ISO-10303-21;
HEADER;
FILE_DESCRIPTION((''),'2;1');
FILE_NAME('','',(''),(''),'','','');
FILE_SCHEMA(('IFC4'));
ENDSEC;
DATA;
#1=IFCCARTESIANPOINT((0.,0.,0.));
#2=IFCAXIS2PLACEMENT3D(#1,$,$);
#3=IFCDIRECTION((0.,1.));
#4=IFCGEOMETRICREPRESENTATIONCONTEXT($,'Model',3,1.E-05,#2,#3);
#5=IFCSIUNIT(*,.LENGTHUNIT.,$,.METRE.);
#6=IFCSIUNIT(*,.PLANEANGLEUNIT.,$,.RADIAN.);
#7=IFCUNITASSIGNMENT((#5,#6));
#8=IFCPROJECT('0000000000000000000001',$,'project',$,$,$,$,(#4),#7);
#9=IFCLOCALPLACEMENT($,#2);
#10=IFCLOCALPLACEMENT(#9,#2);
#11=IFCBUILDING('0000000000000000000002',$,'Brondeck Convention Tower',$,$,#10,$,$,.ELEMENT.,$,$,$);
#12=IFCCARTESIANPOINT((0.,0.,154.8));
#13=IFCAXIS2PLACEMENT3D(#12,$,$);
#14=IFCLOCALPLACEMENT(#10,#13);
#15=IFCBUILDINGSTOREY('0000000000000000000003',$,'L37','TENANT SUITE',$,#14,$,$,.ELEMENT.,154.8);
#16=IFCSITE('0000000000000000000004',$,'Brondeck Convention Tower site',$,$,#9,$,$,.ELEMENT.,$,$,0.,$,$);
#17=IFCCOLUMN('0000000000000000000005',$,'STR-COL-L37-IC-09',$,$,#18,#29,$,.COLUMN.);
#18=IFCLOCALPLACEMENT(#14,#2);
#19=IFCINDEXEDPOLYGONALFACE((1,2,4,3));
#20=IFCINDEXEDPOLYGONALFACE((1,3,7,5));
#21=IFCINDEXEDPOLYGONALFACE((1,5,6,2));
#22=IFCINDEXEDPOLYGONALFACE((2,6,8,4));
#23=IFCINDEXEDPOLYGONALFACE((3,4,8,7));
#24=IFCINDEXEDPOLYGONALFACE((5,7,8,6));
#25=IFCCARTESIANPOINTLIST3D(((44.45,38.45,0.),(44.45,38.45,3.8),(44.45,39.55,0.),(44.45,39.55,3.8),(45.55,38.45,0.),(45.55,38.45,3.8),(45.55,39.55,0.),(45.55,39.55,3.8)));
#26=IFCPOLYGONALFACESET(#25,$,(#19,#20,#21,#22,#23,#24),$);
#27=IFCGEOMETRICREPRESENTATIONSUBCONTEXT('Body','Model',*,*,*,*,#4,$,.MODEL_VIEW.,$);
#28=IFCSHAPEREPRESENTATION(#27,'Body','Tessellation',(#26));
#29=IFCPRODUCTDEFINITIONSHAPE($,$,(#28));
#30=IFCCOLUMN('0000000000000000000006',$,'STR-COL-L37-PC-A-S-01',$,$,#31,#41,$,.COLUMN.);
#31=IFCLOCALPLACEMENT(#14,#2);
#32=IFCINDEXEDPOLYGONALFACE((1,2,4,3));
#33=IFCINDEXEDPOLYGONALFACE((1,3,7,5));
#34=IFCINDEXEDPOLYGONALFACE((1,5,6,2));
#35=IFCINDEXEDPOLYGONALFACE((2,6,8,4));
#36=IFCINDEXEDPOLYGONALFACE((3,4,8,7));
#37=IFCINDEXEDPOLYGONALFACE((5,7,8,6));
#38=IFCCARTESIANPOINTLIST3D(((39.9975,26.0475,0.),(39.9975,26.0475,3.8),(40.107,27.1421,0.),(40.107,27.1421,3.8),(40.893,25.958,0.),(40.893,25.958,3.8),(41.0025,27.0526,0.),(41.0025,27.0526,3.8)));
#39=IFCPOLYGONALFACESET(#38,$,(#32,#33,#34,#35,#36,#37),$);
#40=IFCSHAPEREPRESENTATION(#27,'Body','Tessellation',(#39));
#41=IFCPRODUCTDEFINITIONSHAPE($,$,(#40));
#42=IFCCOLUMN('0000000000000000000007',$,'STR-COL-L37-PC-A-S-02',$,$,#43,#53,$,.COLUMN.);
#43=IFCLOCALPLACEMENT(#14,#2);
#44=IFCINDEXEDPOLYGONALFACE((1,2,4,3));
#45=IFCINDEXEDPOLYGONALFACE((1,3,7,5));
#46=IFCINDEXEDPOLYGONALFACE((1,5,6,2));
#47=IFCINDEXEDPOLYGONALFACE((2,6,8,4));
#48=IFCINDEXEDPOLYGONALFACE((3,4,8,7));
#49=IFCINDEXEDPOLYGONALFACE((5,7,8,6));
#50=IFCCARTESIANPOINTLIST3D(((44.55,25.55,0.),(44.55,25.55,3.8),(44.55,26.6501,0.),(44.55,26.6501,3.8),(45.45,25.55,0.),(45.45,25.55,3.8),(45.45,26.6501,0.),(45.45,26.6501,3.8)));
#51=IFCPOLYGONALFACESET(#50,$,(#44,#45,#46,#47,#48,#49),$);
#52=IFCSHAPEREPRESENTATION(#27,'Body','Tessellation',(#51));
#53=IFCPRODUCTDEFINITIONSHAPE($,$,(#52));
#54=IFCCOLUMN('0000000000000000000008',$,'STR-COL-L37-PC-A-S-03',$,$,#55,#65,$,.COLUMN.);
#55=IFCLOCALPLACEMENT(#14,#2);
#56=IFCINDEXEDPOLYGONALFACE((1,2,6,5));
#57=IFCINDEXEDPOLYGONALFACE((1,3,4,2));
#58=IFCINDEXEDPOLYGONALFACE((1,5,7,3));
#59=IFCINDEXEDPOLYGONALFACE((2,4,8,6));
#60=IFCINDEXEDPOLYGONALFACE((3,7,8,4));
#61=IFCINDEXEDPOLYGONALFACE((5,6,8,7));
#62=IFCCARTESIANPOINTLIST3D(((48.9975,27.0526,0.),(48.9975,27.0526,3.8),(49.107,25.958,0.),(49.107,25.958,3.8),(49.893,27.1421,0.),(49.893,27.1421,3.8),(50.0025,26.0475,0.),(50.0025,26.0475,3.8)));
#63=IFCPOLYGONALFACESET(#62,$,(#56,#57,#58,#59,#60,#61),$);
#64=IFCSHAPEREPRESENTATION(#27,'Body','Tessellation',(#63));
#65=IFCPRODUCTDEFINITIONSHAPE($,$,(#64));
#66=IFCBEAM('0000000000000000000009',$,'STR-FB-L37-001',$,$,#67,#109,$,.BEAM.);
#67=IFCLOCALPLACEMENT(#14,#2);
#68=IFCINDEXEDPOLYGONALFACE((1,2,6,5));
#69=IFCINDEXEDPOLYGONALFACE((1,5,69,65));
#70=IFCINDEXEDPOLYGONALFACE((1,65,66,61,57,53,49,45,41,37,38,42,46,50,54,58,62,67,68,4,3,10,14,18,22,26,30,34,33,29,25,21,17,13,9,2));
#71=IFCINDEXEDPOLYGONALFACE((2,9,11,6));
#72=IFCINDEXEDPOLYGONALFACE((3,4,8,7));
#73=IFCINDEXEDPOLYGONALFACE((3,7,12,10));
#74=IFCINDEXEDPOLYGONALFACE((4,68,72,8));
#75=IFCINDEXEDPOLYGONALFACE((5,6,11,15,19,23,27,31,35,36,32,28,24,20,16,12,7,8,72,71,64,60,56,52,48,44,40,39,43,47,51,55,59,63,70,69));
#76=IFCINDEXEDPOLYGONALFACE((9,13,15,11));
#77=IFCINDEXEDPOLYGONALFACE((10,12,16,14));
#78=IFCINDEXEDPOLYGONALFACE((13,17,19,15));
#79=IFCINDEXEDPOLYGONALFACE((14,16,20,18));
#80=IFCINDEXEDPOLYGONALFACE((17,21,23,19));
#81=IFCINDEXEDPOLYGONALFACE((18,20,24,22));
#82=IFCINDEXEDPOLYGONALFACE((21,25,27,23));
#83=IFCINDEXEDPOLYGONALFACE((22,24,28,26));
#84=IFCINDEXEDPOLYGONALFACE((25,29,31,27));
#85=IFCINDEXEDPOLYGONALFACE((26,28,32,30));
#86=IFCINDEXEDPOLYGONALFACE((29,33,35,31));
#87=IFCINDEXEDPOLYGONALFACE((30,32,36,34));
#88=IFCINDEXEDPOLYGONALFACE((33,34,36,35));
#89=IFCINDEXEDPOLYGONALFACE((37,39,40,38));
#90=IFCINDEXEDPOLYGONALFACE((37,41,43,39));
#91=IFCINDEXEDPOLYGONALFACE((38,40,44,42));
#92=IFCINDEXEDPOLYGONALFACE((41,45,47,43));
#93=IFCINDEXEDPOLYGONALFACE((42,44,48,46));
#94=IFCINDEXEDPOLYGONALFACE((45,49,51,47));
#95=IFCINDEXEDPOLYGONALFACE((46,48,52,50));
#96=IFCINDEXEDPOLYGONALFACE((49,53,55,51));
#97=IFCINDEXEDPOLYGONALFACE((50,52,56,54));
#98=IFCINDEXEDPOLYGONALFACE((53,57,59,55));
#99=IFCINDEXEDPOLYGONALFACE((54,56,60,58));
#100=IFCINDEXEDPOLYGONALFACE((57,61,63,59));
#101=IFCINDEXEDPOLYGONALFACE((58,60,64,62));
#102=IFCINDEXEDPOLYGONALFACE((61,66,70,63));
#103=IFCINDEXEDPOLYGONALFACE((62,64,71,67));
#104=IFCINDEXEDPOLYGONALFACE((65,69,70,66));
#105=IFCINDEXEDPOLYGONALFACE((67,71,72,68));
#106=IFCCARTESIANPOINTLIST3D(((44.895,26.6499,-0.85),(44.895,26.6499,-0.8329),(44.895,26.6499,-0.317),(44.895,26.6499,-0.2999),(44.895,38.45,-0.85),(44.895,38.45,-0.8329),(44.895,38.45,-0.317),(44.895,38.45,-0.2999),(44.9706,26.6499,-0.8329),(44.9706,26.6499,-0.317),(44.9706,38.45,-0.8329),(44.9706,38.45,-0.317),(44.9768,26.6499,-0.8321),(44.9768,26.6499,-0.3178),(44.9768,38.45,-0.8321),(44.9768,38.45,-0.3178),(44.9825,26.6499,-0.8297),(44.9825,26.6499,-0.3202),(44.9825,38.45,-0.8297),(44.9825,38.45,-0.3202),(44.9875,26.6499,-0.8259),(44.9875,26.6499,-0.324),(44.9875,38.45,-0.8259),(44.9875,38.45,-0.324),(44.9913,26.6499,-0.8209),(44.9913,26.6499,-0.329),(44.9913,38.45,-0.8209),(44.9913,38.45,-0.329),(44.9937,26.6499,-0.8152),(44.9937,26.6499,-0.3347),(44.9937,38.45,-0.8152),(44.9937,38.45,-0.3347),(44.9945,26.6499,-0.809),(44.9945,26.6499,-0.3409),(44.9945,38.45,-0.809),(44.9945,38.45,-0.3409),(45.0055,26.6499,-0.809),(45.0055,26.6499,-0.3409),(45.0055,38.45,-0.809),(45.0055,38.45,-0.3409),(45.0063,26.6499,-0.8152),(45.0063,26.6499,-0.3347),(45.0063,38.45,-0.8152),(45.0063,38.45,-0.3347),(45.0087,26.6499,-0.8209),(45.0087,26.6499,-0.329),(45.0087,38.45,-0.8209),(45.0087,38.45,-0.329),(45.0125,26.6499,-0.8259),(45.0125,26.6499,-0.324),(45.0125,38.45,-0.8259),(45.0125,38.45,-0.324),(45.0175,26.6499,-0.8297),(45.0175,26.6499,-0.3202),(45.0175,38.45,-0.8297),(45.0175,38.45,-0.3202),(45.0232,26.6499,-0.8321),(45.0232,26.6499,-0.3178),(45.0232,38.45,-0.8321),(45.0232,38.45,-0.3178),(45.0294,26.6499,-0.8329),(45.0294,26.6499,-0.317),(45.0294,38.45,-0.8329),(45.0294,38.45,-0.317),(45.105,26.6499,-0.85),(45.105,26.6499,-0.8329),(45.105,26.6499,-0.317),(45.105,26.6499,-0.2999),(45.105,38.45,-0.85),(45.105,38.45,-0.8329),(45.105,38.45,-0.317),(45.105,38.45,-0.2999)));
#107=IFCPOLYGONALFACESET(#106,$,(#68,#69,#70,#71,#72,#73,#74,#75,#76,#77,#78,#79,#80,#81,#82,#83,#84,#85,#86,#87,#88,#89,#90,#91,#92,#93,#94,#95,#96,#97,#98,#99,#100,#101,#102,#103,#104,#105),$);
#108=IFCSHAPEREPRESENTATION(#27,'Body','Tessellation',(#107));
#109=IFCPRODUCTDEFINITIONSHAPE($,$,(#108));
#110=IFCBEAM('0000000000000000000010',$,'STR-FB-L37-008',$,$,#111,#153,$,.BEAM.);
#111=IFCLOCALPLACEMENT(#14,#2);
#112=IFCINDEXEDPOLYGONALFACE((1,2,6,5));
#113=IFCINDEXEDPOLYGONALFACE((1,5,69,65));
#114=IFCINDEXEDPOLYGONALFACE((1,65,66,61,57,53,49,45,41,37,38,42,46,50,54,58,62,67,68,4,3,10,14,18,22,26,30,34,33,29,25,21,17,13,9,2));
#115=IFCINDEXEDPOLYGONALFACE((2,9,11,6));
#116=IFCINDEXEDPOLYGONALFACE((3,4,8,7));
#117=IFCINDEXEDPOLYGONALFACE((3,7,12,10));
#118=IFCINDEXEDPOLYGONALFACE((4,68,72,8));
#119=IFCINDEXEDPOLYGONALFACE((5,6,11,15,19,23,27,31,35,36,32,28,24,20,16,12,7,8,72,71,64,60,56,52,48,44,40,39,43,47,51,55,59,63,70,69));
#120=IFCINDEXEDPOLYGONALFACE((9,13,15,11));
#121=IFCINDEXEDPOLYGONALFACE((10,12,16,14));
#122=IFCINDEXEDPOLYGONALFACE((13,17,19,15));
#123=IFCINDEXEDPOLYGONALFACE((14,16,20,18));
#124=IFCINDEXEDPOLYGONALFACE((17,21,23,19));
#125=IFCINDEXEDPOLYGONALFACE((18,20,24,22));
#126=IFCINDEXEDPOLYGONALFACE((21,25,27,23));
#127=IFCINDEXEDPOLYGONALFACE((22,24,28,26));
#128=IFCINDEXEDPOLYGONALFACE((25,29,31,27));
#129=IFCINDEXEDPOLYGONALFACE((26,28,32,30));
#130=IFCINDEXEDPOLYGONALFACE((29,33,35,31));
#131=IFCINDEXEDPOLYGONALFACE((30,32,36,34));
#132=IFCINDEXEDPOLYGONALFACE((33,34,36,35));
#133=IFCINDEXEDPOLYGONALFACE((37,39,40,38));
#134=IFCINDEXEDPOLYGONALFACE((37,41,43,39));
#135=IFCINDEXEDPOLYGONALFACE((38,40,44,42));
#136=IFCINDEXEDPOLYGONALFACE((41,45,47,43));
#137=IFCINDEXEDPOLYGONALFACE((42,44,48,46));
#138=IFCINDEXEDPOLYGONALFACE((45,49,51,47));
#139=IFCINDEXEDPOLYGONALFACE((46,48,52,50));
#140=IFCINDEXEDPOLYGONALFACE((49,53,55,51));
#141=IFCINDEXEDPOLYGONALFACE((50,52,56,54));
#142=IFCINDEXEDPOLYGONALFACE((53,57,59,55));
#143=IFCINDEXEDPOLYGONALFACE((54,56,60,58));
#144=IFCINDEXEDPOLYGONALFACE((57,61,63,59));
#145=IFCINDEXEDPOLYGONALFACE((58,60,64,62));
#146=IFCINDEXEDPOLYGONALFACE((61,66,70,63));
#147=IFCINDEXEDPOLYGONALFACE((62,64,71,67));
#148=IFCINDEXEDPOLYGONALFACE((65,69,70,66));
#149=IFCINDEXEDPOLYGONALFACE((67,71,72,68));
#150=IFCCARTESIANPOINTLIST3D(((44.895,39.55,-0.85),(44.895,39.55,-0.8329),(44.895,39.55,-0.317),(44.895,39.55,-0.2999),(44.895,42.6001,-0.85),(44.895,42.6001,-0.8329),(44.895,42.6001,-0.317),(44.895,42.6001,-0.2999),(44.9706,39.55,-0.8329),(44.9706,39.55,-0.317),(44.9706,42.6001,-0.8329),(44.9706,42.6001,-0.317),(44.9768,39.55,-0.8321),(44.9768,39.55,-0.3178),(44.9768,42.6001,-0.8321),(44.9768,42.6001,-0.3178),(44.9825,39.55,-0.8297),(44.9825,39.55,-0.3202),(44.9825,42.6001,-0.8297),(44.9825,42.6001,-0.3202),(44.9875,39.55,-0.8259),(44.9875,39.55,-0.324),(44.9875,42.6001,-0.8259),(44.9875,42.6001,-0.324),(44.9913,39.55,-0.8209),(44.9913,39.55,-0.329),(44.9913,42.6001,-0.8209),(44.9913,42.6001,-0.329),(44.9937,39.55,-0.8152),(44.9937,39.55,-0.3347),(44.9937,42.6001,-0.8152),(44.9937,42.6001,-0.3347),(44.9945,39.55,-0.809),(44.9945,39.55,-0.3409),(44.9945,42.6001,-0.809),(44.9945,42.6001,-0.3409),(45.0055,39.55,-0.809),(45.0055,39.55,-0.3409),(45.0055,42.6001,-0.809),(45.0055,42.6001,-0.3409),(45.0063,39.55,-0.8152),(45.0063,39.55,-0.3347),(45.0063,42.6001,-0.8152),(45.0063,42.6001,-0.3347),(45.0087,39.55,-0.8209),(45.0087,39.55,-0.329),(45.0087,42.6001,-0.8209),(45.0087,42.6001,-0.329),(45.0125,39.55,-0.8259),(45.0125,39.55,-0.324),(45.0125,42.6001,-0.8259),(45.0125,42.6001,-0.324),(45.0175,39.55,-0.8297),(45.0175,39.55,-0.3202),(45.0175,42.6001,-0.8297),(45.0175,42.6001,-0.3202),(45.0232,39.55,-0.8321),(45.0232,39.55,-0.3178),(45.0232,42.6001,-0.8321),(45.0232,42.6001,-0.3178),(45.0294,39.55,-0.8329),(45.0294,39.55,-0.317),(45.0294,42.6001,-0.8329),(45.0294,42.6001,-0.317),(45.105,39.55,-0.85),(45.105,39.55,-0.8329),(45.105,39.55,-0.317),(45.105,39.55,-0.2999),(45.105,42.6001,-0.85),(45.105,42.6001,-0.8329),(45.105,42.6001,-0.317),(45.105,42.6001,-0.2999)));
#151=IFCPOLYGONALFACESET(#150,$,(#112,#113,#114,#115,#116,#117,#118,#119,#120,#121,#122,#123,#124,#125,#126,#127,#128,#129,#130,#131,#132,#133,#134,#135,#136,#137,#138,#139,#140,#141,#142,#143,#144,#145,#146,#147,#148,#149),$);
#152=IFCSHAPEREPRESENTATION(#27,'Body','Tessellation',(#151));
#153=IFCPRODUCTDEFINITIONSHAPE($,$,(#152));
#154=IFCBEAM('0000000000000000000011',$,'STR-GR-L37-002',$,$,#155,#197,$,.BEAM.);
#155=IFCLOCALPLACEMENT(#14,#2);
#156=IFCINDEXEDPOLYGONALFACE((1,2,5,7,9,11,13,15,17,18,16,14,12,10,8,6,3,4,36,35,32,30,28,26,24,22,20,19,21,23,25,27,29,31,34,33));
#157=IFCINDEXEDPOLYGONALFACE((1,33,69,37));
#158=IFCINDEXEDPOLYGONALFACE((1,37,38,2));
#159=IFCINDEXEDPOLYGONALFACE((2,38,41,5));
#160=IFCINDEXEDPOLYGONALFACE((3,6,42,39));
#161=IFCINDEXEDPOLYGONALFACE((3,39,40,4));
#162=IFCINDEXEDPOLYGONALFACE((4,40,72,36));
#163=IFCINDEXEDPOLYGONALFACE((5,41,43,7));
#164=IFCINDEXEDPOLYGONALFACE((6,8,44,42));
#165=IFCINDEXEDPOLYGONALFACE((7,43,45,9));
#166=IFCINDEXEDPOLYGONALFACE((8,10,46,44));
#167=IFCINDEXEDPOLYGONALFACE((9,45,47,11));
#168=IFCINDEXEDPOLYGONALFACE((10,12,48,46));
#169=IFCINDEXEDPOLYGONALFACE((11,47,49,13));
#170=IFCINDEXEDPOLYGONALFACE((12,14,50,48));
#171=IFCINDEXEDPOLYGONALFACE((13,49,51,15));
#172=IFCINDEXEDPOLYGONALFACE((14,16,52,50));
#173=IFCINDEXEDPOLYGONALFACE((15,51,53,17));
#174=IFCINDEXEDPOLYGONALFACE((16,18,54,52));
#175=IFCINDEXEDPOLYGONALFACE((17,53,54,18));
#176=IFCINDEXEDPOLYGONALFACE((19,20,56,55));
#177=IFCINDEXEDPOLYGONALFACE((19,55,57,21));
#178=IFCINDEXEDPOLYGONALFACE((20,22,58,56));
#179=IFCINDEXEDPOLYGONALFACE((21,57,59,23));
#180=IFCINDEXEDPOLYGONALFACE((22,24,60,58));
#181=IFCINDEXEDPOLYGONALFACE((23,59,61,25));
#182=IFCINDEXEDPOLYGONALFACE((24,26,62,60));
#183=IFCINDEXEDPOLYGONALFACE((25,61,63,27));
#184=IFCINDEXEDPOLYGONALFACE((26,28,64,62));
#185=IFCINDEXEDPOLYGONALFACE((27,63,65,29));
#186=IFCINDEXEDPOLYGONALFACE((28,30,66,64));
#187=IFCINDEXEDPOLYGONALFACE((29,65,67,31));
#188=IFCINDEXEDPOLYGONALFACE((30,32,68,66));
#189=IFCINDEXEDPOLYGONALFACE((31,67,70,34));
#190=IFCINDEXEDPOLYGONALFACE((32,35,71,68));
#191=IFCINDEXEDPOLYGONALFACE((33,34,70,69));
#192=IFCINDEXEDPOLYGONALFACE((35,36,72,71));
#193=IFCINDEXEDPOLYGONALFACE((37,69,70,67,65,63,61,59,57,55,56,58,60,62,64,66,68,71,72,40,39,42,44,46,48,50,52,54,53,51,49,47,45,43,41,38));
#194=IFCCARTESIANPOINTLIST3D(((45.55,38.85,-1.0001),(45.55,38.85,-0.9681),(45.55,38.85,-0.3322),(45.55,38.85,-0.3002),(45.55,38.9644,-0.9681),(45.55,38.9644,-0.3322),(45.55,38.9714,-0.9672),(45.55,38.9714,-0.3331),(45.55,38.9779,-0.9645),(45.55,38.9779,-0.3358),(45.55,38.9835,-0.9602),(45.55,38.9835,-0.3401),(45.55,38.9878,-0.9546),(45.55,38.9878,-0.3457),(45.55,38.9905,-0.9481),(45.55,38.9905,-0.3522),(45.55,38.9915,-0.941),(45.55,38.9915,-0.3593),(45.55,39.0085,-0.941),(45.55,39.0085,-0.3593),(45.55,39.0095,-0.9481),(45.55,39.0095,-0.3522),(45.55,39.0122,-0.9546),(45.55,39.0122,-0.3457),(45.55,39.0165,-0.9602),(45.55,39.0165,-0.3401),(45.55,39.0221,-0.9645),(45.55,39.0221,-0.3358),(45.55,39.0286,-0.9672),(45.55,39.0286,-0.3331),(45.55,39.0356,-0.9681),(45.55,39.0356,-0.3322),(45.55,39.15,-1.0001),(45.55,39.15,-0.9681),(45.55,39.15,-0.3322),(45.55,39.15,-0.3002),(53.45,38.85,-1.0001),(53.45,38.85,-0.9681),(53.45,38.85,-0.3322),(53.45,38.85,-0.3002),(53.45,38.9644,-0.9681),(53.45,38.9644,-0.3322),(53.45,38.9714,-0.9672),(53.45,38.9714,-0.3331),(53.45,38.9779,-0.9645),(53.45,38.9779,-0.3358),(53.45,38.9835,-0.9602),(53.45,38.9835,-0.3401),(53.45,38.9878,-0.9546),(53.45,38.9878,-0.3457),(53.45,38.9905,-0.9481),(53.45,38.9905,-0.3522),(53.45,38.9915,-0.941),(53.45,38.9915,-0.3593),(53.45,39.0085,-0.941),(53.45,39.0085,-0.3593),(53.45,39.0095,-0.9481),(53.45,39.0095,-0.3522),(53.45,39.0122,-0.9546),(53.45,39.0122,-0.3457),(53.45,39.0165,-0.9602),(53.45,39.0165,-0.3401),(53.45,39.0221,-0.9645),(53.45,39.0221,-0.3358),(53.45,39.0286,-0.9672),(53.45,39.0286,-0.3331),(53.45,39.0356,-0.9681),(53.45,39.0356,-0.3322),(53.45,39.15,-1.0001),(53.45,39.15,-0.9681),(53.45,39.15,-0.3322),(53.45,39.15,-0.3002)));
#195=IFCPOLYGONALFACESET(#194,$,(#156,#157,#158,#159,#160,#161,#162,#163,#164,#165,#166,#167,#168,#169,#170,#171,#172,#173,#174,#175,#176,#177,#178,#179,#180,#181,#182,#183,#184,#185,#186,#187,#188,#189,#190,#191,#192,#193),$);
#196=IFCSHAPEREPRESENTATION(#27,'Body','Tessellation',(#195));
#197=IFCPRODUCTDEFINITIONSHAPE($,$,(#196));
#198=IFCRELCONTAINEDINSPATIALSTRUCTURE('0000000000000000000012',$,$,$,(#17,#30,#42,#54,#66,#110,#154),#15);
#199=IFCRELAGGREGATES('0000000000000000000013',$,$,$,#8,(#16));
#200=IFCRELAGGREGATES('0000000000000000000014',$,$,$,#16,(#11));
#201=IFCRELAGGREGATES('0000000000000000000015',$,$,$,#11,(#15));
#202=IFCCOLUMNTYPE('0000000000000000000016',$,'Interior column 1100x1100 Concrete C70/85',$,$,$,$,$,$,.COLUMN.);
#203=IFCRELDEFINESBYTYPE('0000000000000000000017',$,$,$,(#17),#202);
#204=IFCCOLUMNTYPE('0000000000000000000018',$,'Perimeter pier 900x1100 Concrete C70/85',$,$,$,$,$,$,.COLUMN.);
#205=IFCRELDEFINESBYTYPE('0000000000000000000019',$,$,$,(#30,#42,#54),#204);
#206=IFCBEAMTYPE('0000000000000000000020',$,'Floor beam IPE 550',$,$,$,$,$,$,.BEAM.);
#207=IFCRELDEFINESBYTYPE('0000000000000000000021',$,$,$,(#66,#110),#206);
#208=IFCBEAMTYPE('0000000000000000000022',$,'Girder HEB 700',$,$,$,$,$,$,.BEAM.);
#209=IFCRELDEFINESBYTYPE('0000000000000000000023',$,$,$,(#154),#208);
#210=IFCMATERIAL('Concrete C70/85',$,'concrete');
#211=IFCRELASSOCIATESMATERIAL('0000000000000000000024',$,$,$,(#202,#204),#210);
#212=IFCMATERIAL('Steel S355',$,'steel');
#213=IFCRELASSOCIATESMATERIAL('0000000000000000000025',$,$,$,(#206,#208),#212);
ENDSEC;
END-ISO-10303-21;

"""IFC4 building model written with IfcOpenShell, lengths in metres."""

from ifc_helpers import new_model, si_unit, direction, frame, origin, origin_2d, place, context, subcontext, project, spatial, rectangle, i_section, extrude, material, material_profile, profile_set, type_object, element, save


model = new_model("IFC4")

# Units and contexts
model_context = context("Model", 3, precision=1e-05, world=origin(), true_north=direction((0.0, 1.0)))
body_context = subcontext(model_context, "Body", "Model", "MODEL_VIEW")
ifc_project = project(units=[si_unit("LENGTHUNIT", "METRE"), si_unit("PLANEANGLEUNIT", "RADIAN")], contexts=[model_context])

# Site, building, storey
site_placement = place(None, origin())
site = spatial("IfcSite", under=ifc_project, at=site_placement, Name="Brondeck Convention Tower site", CompositionType="ELEMENT", RefElevation=0.0)
building_placement = place(site_placement, origin())
building = spatial("IfcBuilding", under=site, at=building_placement, Name="Brondeck Convention Tower", CompositionType="ELEMENT")
storey_placement = place(building_placement, frame((0.0, 0.0, 154.8)))
storey = spatial("IfcBuildingStorey", under=building, at=storey_placement, Name="L37", Description="TENANT SUITE", CompositionType="ELEMENT", Elevation=154.8)

# Columns
ifc_material_1 = material(Name="Concrete C70/85", Category="concrete")
ifc_material_profile_1 = material_profile(ifc_material_1, rectangle(XDim=1.1001, YDim=1.1001, at=origin_2d()), Name="Interior column 1100x1100 Concrete C70/85")
ifc_profile_set_1 = profile_set([ifc_material_profile_1], Name="Concrete C70/85")
column_type_1 = type_object("IfcColumnType", Name="Interior column 1100x1100 Concrete C70/85", PredefinedType="COLUMN", material=ifc_profile_set_1)
column_placement = place(storey_placement, frame((45.0, 39.0, 0.0), z_axis=(0.0, 0.0, 1.0), x_axis=(1.0, 0.0, 0.0)))
element("IfcColumn", 1, at=column_placement, inside=storey, type_object=column_type_1, Name="STR-COL-L37-IC-09", PredefinedType="COLUMN", context=body_context, shape_type="SweptSolid", body=[
    extrude(rectangle(XDim=1.1001, YDim=1.1001, at=origin_2d()), origin(), (0.0, 0.0, 1.0), 3.8),
])
ifc_material_profile_2 = material_profile(ifc_material_1, rectangle(XDim=0.8999, YDim=1.1001, at=origin_2d()), Name="Perimeter pier 900x1100 Concrete C70/85")
ifc_profile_set_2 = profile_set([ifc_material_profile_2], Name="Concrete C70/85")
column_type_2 = type_object("IfcColumnType", Name="Perimeter pier 900x1100 Concrete C70/85", PredefinedType="COLUMN", material=ifc_profile_set_2)
for number, where, z_axis, x_axis, name in (
    (2, (40.5, 26.55, 0.0), (0.0, 0.0, 1.0), (0.995037, -0.099504, 0.0), "STR-COL-L37-PC-A-S-01"),
    (3, (45.0, 26.1001, 0.0), (0.0, 0.0, 1.0), (1.0, 0.0, 0.0), "STR-COL-L37-PC-A-S-02"),
    (4, (49.5, 26.55, 0.0), (0.0, 0.0, 1.0), (0.995037, 0.099504, 0.0), "STR-COL-L37-PC-A-S-03"),
):
    element("IfcColumn", number, at=place(storey_placement, frame(where, z_axis=z_axis, x_axis=x_axis)), inside=storey, type_object=column_type_2, Name=name, PredefinedType="COLUMN", context=body_context, shape_type="SweptSolid", body=[
        extrude(rectangle(XDim=0.8999, YDim=1.1001, at=origin_2d()), origin(), (0.0, 0.0, 1.0), 3.8),
    ])

# Beams
ifc_material_2 = material(Name="Steel S355", Category="steel")
ifc_material_profile_3 = material_profile(ifc_material_2, i_section(OverallWidth=0.21, OverallDepth=0.55, WebThickness=0.011, FlangeThickness=0.0171, FilletRadius=0.0239, at=origin_2d()), Name="IPE 550")
ifc_profile_set_3 = profile_set([ifc_material_profile_3], Name="Steel S355")
beam_type_1 = type_object("IfcBeamType", Name="Floor beam IPE 550", PredefinedType="BEAM", material=ifc_profile_set_3)
beam_1_placement = place(storey_placement, frame((45.0, 26.6499, -0.575), z_axis=(0.0, 1.0, 0.0), x_axis=(-1.0, 0.0, 0.0)))
element("IfcBeam", 5, at=beam_1_placement, inside=storey, type_object=beam_type_1, Name="STR-FB-L37-001", PredefinedType="BEAM", context=body_context, shape_type="SweptSolid", body=[
    extrude(i_section(OverallWidth=0.21, OverallDepth=0.55, WebThickness=0.011, FlangeThickness=0.0171, FilletRadius=0.0239, at=origin_2d()), origin(), (0.0, 0.0, 1.0), 11.8),
])
beam_2_placement = place(storey_placement, frame((45.0, 39.55, -0.575), z_axis=(0.0, 1.0, 0.0), x_axis=(-1.0, 0.0, 0.0)))
element("IfcBeam", 6, at=beam_2_placement, inside=storey, type_object=beam_type_1, Name="STR-FB-L37-008", PredefinedType="BEAM", context=body_context, shape_type="SweptSolid", body=[
    extrude(i_section(OverallWidth=0.21, OverallDepth=0.55, WebThickness=0.011, FlangeThickness=0.0171, FilletRadius=0.0239, at=origin_2d()), origin(), (0.0, 0.0, 1.0), 3.05),
])
ifc_material_profile_4 = material_profile(ifc_material_2, i_section(OverallWidth=0.3, OverallDepth=0.7, WebThickness=0.0171, FlangeThickness=0.032, FilletRadius=0.0271, at=origin_2d()), Name="HEB 700")
ifc_profile_set_4 = profile_set([ifc_material_profile_4], Name="Steel S355")
beam_type_2 = type_object("IfcBeamType", Name="Girder HEB 700", PredefinedType="BEAM", material=ifc_profile_set_4)
beam_3_placement = place(storey_placement, frame((45.55, 39.0, -0.6501), z_axis=(1.0, 0.0, 0.0), x_axis=(0.0, 1.0, 0.0)))
element("IfcBeam", 7, at=beam_3_placement, inside=storey, type_object=beam_type_2, Name="STR-GR-L37-002", PredefinedType="BEAM", context=body_context, shape_type="SweptSolid", body=[
    extrude(i_section(OverallWidth=0.3, OverallDepth=0.7, WebThickness=0.0171, FlangeThickness=0.032, FilletRadius=0.0271, at=origin_2d()), origin(), (0.0, 0.0, 1.0), 7.8999),
])

save(model, "model.ifc")
